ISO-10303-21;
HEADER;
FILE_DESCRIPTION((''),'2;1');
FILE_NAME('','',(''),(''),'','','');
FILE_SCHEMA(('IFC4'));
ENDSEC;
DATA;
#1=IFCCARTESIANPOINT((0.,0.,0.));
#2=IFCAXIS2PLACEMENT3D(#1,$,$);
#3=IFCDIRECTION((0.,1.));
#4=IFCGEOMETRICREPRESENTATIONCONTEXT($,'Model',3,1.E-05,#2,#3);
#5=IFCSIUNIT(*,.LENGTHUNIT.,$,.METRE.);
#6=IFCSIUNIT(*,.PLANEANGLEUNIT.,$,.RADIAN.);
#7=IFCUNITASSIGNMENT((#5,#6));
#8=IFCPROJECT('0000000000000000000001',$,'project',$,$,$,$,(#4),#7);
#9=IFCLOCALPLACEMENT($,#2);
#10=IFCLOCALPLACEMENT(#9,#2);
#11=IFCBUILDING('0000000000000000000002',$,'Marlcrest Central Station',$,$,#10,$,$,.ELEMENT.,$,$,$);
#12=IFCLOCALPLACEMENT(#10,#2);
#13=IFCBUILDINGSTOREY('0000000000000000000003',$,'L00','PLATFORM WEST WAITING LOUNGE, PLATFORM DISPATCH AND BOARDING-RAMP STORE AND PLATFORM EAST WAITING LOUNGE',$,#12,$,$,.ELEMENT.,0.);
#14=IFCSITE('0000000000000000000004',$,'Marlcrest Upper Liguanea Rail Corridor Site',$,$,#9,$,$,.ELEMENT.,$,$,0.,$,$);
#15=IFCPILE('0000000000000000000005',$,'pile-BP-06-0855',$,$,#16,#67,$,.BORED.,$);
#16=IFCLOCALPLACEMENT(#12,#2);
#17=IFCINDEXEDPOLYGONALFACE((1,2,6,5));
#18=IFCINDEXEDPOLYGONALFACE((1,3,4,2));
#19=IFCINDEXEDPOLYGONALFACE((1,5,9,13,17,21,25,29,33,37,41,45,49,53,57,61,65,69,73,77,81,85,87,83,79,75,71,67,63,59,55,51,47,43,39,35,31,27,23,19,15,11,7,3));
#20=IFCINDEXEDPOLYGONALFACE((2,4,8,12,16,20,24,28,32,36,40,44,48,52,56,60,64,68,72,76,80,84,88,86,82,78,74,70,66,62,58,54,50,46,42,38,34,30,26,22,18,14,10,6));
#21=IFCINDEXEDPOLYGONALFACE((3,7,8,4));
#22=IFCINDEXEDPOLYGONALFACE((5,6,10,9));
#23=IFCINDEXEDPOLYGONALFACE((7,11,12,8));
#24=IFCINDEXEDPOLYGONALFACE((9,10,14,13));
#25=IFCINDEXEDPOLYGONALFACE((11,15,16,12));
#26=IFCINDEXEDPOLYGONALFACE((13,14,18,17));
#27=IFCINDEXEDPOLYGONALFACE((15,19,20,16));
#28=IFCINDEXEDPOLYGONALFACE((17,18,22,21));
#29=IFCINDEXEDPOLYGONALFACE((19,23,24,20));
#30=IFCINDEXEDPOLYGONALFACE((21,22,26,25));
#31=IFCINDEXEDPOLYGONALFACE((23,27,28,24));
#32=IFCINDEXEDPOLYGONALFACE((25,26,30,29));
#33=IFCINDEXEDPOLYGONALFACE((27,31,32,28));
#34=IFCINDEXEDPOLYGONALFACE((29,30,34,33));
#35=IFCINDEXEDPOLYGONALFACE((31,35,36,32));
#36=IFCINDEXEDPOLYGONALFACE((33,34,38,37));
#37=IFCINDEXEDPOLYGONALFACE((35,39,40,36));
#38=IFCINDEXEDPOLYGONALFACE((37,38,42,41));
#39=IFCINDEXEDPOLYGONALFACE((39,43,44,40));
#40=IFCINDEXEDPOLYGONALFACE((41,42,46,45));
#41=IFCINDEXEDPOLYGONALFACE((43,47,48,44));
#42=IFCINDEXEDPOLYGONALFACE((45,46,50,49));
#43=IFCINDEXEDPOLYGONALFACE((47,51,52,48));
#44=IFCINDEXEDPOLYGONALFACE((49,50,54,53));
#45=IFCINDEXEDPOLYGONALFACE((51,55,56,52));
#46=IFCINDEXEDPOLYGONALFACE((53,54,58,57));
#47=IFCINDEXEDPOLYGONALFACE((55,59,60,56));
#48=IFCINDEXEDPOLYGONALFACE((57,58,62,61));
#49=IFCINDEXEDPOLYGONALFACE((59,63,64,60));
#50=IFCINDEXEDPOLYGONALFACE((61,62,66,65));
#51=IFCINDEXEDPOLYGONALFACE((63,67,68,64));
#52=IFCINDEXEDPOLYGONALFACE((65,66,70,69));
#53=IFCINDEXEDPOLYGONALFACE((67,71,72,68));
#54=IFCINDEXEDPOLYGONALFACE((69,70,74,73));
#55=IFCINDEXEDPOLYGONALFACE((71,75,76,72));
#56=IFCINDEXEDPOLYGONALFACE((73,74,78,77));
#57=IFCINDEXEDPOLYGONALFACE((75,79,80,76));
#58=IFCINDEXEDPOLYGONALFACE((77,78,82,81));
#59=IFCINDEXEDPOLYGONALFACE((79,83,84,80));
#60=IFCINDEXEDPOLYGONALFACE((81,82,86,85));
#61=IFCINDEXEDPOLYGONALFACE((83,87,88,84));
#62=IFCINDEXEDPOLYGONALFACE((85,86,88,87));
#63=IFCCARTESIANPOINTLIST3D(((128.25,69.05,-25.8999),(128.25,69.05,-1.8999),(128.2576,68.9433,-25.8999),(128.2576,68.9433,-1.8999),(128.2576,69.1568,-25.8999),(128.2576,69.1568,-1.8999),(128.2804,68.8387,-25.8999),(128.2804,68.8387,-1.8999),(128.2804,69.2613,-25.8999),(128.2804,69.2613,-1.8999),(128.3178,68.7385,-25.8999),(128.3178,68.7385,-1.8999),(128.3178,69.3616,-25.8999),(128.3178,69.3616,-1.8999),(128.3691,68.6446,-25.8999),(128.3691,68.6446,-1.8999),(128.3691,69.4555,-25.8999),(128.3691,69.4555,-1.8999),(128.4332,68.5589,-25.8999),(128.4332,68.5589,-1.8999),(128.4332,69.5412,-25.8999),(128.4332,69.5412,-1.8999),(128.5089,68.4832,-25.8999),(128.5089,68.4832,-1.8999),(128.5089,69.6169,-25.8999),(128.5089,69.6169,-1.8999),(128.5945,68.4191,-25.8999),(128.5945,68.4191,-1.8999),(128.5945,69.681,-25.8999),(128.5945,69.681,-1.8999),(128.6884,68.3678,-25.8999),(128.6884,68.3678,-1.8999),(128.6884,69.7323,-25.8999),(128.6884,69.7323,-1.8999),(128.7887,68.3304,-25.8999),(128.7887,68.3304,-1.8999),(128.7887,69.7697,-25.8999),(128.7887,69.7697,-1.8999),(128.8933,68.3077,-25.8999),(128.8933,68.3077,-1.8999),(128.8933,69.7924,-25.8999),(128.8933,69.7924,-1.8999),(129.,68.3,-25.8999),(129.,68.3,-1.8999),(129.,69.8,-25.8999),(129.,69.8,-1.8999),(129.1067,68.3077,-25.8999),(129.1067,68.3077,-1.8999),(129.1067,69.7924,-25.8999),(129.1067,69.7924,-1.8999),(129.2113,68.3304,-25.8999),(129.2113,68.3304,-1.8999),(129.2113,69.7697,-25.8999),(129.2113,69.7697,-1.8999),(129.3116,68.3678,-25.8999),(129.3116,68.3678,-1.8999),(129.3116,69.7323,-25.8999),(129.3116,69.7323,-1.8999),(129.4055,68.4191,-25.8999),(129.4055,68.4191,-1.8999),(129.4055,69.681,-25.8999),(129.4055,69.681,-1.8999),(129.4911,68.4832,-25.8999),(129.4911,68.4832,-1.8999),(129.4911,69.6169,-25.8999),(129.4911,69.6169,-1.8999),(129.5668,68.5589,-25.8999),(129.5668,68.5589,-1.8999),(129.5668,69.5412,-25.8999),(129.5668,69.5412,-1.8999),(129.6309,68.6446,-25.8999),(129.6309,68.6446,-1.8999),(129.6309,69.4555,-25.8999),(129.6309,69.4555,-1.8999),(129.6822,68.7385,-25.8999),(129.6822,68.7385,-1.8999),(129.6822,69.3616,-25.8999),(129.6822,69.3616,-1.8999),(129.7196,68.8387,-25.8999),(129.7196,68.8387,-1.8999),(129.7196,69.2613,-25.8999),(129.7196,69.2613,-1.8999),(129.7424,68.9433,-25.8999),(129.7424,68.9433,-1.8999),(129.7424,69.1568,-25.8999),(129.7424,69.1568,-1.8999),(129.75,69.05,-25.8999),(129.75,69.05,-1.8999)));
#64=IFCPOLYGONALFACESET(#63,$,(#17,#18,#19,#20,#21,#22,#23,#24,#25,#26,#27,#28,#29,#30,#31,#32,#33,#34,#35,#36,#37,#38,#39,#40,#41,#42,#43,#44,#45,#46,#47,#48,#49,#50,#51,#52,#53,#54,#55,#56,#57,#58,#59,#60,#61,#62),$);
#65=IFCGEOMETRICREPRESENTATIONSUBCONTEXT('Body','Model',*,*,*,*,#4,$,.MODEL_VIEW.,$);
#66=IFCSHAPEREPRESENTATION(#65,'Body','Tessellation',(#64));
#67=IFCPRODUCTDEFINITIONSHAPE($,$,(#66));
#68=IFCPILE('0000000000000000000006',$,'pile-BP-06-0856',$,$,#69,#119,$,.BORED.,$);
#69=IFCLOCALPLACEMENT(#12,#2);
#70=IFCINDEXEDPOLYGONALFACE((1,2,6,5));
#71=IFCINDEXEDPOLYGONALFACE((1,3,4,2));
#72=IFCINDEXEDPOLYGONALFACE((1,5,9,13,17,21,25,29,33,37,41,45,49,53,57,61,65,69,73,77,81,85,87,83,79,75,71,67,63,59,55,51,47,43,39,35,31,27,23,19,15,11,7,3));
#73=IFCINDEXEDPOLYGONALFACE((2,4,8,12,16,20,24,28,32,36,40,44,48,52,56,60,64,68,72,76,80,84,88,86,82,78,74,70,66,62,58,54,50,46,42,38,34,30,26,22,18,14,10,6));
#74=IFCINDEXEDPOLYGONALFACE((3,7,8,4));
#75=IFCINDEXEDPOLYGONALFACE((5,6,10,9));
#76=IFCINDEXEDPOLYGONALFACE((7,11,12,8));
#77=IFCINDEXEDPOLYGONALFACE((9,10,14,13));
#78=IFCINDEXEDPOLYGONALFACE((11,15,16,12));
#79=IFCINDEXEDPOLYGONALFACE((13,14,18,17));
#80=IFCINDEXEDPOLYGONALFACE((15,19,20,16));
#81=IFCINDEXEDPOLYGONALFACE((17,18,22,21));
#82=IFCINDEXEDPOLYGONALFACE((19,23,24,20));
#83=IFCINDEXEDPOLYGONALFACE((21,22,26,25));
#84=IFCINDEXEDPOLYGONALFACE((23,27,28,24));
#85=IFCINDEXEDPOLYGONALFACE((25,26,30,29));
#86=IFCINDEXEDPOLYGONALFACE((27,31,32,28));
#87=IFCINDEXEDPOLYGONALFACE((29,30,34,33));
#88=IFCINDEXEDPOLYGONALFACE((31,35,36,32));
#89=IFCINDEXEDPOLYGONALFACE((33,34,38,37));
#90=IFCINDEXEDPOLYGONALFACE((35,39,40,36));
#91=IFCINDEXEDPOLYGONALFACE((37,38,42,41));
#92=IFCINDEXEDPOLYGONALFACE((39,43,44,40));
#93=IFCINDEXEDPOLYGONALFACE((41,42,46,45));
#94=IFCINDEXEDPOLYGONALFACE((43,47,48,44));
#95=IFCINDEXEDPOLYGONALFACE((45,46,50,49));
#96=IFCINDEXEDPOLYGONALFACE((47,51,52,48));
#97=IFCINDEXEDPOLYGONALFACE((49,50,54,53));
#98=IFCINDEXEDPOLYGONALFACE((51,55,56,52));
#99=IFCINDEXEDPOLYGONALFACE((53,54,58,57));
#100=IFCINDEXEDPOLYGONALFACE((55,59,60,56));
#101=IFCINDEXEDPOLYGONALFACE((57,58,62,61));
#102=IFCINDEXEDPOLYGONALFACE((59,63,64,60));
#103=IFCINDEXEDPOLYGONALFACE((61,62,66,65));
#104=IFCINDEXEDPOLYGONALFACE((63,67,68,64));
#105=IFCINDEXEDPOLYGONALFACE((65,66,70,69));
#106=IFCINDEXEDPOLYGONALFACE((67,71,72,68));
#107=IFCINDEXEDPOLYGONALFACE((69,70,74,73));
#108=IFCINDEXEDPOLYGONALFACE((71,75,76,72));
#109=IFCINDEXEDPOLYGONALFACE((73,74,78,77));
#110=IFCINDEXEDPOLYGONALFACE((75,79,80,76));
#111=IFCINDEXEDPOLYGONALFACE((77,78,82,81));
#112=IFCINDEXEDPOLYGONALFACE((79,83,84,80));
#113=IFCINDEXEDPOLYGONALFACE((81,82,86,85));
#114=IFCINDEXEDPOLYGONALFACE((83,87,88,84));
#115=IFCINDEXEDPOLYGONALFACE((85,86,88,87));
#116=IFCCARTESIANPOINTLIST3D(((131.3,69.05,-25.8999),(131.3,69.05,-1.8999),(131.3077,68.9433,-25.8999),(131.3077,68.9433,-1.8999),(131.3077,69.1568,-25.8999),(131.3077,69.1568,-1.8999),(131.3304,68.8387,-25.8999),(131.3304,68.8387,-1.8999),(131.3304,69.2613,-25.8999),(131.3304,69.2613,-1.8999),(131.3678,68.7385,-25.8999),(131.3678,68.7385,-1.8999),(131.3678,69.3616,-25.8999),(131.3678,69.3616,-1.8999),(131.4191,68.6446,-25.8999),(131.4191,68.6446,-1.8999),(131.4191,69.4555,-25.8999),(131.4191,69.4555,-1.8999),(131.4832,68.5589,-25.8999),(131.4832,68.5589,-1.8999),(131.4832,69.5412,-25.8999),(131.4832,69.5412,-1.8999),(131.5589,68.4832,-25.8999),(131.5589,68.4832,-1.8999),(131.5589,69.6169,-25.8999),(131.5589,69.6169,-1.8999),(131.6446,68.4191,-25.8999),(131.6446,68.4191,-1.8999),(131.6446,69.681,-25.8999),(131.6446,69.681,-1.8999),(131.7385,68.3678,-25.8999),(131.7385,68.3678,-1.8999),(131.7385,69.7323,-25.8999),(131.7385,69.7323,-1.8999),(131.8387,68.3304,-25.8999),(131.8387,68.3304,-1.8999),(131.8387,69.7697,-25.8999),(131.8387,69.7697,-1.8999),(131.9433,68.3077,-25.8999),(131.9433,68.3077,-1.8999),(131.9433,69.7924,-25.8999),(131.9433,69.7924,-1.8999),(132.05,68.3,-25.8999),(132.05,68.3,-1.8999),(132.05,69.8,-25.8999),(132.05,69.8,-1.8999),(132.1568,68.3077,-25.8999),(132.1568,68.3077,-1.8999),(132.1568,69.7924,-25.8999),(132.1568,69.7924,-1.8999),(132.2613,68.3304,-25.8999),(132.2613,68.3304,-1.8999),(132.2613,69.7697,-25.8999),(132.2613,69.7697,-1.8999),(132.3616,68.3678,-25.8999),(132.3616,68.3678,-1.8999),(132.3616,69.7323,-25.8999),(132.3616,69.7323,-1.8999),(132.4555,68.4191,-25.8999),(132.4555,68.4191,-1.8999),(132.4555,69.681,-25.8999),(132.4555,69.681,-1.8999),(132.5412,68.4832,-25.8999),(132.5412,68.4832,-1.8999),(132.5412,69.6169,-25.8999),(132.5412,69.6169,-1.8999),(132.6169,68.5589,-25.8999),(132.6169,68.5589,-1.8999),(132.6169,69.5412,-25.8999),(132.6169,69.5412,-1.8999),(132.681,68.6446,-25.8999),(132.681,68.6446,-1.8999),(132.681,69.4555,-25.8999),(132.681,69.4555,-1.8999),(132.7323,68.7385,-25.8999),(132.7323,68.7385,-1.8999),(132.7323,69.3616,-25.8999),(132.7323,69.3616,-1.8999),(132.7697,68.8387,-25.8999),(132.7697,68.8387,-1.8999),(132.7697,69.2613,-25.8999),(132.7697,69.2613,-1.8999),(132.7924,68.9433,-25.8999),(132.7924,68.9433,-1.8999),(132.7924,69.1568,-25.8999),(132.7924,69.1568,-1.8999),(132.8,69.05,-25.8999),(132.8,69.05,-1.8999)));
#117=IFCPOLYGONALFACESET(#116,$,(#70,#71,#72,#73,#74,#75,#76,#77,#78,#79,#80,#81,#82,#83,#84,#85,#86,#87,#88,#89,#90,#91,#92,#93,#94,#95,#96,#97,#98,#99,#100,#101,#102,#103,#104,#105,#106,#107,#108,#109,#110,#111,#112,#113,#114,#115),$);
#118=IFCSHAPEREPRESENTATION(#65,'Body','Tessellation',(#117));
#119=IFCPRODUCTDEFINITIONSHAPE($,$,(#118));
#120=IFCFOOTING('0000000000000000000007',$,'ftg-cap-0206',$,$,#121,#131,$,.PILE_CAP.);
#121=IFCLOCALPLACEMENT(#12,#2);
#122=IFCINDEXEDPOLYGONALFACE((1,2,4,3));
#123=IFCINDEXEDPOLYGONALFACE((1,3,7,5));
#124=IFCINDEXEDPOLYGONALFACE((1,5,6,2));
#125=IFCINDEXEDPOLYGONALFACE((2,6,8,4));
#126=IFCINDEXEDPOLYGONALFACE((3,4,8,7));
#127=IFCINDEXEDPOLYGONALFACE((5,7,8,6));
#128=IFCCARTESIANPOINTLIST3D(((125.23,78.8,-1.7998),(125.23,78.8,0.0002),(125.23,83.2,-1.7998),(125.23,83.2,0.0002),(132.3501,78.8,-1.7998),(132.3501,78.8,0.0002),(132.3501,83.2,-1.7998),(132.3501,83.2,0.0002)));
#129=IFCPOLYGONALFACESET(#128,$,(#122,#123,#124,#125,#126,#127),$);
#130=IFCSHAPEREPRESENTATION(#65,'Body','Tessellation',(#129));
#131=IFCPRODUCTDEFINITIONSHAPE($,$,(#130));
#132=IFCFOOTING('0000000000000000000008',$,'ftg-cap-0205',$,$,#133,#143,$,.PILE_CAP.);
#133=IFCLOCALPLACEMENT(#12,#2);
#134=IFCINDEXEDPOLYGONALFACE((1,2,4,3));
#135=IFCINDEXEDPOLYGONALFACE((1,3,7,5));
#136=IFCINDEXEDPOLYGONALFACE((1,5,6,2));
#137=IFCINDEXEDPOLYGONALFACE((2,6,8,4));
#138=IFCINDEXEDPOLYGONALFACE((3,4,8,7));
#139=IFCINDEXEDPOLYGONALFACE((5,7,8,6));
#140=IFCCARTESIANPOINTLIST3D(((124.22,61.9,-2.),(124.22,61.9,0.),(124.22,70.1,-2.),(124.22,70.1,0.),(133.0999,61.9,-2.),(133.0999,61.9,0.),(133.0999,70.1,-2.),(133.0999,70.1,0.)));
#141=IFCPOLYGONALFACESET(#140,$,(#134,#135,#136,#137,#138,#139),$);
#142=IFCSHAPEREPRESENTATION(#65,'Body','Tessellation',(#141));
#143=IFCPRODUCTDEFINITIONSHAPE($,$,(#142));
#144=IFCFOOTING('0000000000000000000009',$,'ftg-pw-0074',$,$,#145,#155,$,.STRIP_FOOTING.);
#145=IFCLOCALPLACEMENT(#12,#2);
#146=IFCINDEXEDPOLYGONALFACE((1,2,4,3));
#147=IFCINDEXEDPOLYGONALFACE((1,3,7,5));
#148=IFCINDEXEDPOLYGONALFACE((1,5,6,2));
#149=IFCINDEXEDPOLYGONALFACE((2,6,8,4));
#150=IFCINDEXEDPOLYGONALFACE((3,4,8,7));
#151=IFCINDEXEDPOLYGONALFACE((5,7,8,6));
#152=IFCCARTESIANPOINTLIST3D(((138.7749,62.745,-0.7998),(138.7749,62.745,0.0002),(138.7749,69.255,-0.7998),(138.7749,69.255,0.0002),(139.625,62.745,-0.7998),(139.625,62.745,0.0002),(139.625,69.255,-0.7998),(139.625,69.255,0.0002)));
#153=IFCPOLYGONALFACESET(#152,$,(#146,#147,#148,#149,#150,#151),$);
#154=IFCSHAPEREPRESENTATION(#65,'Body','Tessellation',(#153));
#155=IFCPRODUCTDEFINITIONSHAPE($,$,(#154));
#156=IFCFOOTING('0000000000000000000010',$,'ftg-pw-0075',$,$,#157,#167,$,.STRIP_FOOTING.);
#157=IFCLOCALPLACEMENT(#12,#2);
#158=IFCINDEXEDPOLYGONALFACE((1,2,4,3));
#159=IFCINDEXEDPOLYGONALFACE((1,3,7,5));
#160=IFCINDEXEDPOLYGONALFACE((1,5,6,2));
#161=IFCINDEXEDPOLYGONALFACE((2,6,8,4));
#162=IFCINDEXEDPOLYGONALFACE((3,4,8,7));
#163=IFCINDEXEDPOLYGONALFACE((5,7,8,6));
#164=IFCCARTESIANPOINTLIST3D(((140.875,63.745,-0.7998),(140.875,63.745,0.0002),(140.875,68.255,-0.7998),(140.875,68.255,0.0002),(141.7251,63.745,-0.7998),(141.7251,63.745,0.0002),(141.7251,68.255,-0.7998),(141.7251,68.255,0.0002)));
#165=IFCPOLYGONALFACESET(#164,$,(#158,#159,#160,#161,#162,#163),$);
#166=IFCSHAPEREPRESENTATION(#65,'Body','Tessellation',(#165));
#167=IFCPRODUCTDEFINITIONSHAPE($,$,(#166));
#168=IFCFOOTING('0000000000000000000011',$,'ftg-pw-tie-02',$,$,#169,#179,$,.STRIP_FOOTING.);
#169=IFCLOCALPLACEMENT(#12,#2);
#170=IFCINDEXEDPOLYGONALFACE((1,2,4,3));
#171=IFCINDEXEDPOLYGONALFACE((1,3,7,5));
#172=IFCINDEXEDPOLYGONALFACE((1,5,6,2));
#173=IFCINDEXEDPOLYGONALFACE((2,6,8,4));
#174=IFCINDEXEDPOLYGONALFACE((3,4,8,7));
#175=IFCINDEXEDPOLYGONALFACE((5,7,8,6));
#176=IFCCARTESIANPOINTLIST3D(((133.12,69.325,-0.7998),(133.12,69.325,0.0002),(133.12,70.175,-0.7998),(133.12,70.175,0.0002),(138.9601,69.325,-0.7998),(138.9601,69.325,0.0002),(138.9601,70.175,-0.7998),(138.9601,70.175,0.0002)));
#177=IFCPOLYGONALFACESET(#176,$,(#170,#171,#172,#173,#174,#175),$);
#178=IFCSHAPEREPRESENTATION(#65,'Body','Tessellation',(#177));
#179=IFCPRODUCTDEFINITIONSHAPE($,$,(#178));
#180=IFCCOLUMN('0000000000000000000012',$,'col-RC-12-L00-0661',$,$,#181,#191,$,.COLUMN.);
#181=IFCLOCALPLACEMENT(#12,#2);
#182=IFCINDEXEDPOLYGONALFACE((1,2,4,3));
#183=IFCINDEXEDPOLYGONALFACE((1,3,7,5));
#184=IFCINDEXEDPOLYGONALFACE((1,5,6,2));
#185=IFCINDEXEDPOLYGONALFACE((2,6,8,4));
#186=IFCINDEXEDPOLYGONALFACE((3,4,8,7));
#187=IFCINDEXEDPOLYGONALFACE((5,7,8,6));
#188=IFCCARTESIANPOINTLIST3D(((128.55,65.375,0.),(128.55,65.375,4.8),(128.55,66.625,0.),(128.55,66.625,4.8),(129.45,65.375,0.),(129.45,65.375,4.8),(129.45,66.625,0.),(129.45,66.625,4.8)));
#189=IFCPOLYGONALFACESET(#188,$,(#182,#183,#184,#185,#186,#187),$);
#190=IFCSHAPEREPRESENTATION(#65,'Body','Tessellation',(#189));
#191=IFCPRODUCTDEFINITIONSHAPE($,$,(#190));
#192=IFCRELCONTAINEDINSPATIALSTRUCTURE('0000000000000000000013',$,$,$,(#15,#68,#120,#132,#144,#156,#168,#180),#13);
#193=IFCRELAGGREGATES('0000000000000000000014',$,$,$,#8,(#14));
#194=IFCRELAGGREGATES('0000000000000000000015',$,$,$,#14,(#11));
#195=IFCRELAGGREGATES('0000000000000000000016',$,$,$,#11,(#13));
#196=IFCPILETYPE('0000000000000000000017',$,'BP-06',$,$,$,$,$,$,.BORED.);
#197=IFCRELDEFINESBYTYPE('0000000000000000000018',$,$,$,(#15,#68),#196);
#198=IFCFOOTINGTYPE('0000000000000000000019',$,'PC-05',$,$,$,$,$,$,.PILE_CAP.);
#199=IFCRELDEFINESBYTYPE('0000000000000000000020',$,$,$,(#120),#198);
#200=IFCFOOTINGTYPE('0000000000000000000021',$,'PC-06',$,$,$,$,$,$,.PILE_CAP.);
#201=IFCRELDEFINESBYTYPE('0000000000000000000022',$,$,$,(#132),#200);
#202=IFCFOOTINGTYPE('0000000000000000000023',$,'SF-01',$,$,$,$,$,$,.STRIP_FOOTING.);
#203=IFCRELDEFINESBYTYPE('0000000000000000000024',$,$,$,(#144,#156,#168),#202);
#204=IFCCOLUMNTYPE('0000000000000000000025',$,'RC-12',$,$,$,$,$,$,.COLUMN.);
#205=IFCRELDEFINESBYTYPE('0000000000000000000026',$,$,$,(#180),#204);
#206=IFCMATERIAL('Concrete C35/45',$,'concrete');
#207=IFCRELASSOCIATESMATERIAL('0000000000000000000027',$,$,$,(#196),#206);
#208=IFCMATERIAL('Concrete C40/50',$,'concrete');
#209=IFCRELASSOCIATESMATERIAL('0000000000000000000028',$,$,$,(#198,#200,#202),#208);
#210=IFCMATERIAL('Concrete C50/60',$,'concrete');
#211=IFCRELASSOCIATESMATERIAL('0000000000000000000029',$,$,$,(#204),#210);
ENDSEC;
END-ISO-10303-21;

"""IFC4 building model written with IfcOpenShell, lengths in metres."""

from ifc_helpers import new_model, si_unit, direction, frame, origin, origin_2d, place, context, subcontext, project, spatial, rectangle, circle, extrude, material, material_profile, profile_set, type_object, element, save


model = new_model("IFC4")

# Units and contexts
model_context = context("Model", 3, precision=1e-05, world=origin(), true_north=direction((0.0, 1.0)))
body_context = subcontext(model_context, "Body", "Model", "MODEL_VIEW")
ifc_project = project(units=[si_unit("LENGTHUNIT", "METRE"), si_unit("PLANEANGLEUNIT", "RADIAN")], contexts=[model_context])

# Site, building, storey
site_placement = place(None, origin())
site = spatial("IfcSite", under=ifc_project, at=site_placement, Name="Marlcrest Upper Liguanea Rail Corridor Site", CompositionType="ELEMENT", RefElevation=0.0)
building_placement = place(site_placement, origin())
building = spatial("IfcBuilding", under=site, at=building_placement, Name="Marlcrest Central Station", CompositionType="ELEMENT")
storey_placement = place(building_placement, origin())
storey = spatial("IfcBuildingStorey", under=building, at=storey_placement, Name="L00", Description="PLATFORM WEST WAITING LOUNGE, PLATFORM DISPATCH AND BOARDING-RAMP STORE AND PLATFORM EAST WAITING LOUNGE", CompositionType="ELEMENT", Elevation=0.0)

# Piles
ifc_material_1 = material(Name="Concrete C35/45", Category="concrete")
ifc_material_profile_1 = material_profile(ifc_material_1, circle(Radius=0.75, at=origin_2d()), Name="PILE D1500")
ifc_profile_set_1 = profile_set([ifc_material_profile_1], Name="Concrete C35/45")
pile_type_1 = type_object("IfcPileType", Name="BP-06", PredefinedType="BORED", material=ifc_profile_set_1)
for number, where, z_axis, x_axis, name in (
    (1, (129.0, 69.05, -1.8999), (0.0, 0.0, -1.0), (1.0, 0.0, 0.0), "pile-BP-06-0855"),
    (2, (132.05, 69.05, -1.8999), (0.0, 0.0, -1.0), (1.0, 0.0, 0.0), "pile-BP-06-0856"),
):
    element("IfcPile", number, at=place(storey_placement, frame(where, z_axis=z_axis, x_axis=x_axis)), inside=storey, type_object=pile_type_1, Name=name, PredefinedType="BORED", context=body_context, shape_type="SweptSolid", body=[
        extrude(circle(Radius=0.75, at=origin_2d()), origin(), (0.0, 0.0, 1.0), 24.0),
    ])

# Footings
ifc_material_2 = material(Name="Concrete C40/50", Category="concrete")
footing_type_1 = type_object("IfcFootingType", Name="PC-05", PredefinedType="PILE_CAP", material=ifc_material_2)
footing_1_placement = place(storey_placement, frame((128.79, 81.0, -1.7998), z_axis=(0.0, 0.0, 1.0), x_axis=(1.0, 0.0, 0.0)))
element("IfcFooting", 3, at=footing_1_placement, inside=storey, type_object=footing_type_1, Name="ftg-cap-0206", PredefinedType="PILE_CAP", context=body_context, shape_type="SweptSolid", body=[
    extrude(rectangle(XDim=7.1201, YDim=4.3999, at=origin_2d()), origin(), (0.0, 0.0, 1.0), 1.8),
])
footing_type_2 = type_object("IfcFootingType", Name="PC-06", PredefinedType="PILE_CAP", material=ifc_material_2)
footing_2_placement = place(storey_placement, frame((128.6599, 66.0, -2.0), z_axis=(0.0, 0.0, 1.0), x_axis=(1.0, 0.0, 0.0)))
element("IfcFooting", 4, at=footing_2_placement, inside=storey, type_object=footing_type_2, Name="ftg-cap-0205", PredefinedType="PILE_CAP", context=body_context, shape_type="SweptSolid", body=[
    extrude(rectangle(XDim=8.8799, YDim=8.2, at=origin_2d()), origin(), (0.0, 0.0, 1.0), 2.0),
])
footing_type_3 = type_object("IfcFootingType", Name="SF-01", PredefinedType="STRIP_FOOTING", material=ifc_material_2)
footing_3_placement = place(storey_placement, frame((139.2, 66.0, -0.7998), z_axis=(0.0, 0.0, 1.0), x_axis=(1.0, 0.0, 0.0)))
element("IfcFooting", 5, at=footing_3_placement, inside=storey, type_object=footing_type_3, Name="ftg-pw-0074", PredefinedType="STRIP_FOOTING", context=body_context, shape_type="SweptSolid", body=[
    extrude(rectangle(XDim=0.8501, YDim=6.51, at=origin_2d()), origin(), (0.0, 0.0, 1.0), 0.8),
])
footing_4_placement = place(storey_placement, frame((141.3, 66.0, -0.7998), z_axis=(0.0, 0.0, 1.0), x_axis=(1.0, 0.0, 0.0)))
element("IfcFooting", 6, at=footing_4_placement, inside=storey, type_object=footing_type_3, Name="ftg-pw-0075", PredefinedType="STRIP_FOOTING", context=body_context, shape_type="SweptSolid", body=[
    extrude(rectangle(XDim=0.8501, YDim=4.51, at=origin_2d()), origin(), (0.0, 0.0, 1.0), 0.8),
])
footing_5_placement = place(storey_placement, frame((136.04, 69.75, -0.7998), z_axis=(0.0, 0.0, 1.0), x_axis=(1.0, 0.0, 0.0)))
element("IfcFooting", 7, at=footing_5_placement, inside=storey, type_object=footing_type_3, Name="ftg-pw-tie-02", PredefinedType="STRIP_FOOTING", context=body_context, shape_type="SweptSolid", body=[
    extrude(rectangle(XDim=5.8401, YDim=0.8501, at=origin_2d()), origin(), (0.0, 0.0, 1.0), 0.8),
])

# Column
ifc_material_3 = material(Name="Concrete C50/60", Category="concrete")
ifc_material_profile_2 = material_profile(ifc_material_3, rectangle(XDim=0.8999, YDim=1.25, at=origin_2d()), Name="RC 900x1250")
ifc_profile_set_2 = profile_set([ifc_material_profile_2], Name="Concrete C50/60")
column_type = type_object("IfcColumnType", Name="RC-12", PredefinedType="COLUMN", material=ifc_profile_set_2)
for number, where, z_axis, x_axis, name in (
    (8, (129.0, 66.0, 0.0), (0.0, 0.0, 1.0), (1.0, 0.0, 0.0), "col-RC-12-L00-0661"),
):
    element("IfcColumn", number, at=place(storey_placement, frame(where, z_axis=z_axis, x_axis=x_axis)), inside=storey, type_object=column_type, Name=name, PredefinedType="COLUMN", context=body_context, shape_type="SweptSolid", body=[
        extrude(rectangle(XDim=0.8999, YDim=1.25, at=origin_2d()), origin(), (0.0, 0.0, 1.0), 4.8),
    ])

save(model, "model.ifc")
